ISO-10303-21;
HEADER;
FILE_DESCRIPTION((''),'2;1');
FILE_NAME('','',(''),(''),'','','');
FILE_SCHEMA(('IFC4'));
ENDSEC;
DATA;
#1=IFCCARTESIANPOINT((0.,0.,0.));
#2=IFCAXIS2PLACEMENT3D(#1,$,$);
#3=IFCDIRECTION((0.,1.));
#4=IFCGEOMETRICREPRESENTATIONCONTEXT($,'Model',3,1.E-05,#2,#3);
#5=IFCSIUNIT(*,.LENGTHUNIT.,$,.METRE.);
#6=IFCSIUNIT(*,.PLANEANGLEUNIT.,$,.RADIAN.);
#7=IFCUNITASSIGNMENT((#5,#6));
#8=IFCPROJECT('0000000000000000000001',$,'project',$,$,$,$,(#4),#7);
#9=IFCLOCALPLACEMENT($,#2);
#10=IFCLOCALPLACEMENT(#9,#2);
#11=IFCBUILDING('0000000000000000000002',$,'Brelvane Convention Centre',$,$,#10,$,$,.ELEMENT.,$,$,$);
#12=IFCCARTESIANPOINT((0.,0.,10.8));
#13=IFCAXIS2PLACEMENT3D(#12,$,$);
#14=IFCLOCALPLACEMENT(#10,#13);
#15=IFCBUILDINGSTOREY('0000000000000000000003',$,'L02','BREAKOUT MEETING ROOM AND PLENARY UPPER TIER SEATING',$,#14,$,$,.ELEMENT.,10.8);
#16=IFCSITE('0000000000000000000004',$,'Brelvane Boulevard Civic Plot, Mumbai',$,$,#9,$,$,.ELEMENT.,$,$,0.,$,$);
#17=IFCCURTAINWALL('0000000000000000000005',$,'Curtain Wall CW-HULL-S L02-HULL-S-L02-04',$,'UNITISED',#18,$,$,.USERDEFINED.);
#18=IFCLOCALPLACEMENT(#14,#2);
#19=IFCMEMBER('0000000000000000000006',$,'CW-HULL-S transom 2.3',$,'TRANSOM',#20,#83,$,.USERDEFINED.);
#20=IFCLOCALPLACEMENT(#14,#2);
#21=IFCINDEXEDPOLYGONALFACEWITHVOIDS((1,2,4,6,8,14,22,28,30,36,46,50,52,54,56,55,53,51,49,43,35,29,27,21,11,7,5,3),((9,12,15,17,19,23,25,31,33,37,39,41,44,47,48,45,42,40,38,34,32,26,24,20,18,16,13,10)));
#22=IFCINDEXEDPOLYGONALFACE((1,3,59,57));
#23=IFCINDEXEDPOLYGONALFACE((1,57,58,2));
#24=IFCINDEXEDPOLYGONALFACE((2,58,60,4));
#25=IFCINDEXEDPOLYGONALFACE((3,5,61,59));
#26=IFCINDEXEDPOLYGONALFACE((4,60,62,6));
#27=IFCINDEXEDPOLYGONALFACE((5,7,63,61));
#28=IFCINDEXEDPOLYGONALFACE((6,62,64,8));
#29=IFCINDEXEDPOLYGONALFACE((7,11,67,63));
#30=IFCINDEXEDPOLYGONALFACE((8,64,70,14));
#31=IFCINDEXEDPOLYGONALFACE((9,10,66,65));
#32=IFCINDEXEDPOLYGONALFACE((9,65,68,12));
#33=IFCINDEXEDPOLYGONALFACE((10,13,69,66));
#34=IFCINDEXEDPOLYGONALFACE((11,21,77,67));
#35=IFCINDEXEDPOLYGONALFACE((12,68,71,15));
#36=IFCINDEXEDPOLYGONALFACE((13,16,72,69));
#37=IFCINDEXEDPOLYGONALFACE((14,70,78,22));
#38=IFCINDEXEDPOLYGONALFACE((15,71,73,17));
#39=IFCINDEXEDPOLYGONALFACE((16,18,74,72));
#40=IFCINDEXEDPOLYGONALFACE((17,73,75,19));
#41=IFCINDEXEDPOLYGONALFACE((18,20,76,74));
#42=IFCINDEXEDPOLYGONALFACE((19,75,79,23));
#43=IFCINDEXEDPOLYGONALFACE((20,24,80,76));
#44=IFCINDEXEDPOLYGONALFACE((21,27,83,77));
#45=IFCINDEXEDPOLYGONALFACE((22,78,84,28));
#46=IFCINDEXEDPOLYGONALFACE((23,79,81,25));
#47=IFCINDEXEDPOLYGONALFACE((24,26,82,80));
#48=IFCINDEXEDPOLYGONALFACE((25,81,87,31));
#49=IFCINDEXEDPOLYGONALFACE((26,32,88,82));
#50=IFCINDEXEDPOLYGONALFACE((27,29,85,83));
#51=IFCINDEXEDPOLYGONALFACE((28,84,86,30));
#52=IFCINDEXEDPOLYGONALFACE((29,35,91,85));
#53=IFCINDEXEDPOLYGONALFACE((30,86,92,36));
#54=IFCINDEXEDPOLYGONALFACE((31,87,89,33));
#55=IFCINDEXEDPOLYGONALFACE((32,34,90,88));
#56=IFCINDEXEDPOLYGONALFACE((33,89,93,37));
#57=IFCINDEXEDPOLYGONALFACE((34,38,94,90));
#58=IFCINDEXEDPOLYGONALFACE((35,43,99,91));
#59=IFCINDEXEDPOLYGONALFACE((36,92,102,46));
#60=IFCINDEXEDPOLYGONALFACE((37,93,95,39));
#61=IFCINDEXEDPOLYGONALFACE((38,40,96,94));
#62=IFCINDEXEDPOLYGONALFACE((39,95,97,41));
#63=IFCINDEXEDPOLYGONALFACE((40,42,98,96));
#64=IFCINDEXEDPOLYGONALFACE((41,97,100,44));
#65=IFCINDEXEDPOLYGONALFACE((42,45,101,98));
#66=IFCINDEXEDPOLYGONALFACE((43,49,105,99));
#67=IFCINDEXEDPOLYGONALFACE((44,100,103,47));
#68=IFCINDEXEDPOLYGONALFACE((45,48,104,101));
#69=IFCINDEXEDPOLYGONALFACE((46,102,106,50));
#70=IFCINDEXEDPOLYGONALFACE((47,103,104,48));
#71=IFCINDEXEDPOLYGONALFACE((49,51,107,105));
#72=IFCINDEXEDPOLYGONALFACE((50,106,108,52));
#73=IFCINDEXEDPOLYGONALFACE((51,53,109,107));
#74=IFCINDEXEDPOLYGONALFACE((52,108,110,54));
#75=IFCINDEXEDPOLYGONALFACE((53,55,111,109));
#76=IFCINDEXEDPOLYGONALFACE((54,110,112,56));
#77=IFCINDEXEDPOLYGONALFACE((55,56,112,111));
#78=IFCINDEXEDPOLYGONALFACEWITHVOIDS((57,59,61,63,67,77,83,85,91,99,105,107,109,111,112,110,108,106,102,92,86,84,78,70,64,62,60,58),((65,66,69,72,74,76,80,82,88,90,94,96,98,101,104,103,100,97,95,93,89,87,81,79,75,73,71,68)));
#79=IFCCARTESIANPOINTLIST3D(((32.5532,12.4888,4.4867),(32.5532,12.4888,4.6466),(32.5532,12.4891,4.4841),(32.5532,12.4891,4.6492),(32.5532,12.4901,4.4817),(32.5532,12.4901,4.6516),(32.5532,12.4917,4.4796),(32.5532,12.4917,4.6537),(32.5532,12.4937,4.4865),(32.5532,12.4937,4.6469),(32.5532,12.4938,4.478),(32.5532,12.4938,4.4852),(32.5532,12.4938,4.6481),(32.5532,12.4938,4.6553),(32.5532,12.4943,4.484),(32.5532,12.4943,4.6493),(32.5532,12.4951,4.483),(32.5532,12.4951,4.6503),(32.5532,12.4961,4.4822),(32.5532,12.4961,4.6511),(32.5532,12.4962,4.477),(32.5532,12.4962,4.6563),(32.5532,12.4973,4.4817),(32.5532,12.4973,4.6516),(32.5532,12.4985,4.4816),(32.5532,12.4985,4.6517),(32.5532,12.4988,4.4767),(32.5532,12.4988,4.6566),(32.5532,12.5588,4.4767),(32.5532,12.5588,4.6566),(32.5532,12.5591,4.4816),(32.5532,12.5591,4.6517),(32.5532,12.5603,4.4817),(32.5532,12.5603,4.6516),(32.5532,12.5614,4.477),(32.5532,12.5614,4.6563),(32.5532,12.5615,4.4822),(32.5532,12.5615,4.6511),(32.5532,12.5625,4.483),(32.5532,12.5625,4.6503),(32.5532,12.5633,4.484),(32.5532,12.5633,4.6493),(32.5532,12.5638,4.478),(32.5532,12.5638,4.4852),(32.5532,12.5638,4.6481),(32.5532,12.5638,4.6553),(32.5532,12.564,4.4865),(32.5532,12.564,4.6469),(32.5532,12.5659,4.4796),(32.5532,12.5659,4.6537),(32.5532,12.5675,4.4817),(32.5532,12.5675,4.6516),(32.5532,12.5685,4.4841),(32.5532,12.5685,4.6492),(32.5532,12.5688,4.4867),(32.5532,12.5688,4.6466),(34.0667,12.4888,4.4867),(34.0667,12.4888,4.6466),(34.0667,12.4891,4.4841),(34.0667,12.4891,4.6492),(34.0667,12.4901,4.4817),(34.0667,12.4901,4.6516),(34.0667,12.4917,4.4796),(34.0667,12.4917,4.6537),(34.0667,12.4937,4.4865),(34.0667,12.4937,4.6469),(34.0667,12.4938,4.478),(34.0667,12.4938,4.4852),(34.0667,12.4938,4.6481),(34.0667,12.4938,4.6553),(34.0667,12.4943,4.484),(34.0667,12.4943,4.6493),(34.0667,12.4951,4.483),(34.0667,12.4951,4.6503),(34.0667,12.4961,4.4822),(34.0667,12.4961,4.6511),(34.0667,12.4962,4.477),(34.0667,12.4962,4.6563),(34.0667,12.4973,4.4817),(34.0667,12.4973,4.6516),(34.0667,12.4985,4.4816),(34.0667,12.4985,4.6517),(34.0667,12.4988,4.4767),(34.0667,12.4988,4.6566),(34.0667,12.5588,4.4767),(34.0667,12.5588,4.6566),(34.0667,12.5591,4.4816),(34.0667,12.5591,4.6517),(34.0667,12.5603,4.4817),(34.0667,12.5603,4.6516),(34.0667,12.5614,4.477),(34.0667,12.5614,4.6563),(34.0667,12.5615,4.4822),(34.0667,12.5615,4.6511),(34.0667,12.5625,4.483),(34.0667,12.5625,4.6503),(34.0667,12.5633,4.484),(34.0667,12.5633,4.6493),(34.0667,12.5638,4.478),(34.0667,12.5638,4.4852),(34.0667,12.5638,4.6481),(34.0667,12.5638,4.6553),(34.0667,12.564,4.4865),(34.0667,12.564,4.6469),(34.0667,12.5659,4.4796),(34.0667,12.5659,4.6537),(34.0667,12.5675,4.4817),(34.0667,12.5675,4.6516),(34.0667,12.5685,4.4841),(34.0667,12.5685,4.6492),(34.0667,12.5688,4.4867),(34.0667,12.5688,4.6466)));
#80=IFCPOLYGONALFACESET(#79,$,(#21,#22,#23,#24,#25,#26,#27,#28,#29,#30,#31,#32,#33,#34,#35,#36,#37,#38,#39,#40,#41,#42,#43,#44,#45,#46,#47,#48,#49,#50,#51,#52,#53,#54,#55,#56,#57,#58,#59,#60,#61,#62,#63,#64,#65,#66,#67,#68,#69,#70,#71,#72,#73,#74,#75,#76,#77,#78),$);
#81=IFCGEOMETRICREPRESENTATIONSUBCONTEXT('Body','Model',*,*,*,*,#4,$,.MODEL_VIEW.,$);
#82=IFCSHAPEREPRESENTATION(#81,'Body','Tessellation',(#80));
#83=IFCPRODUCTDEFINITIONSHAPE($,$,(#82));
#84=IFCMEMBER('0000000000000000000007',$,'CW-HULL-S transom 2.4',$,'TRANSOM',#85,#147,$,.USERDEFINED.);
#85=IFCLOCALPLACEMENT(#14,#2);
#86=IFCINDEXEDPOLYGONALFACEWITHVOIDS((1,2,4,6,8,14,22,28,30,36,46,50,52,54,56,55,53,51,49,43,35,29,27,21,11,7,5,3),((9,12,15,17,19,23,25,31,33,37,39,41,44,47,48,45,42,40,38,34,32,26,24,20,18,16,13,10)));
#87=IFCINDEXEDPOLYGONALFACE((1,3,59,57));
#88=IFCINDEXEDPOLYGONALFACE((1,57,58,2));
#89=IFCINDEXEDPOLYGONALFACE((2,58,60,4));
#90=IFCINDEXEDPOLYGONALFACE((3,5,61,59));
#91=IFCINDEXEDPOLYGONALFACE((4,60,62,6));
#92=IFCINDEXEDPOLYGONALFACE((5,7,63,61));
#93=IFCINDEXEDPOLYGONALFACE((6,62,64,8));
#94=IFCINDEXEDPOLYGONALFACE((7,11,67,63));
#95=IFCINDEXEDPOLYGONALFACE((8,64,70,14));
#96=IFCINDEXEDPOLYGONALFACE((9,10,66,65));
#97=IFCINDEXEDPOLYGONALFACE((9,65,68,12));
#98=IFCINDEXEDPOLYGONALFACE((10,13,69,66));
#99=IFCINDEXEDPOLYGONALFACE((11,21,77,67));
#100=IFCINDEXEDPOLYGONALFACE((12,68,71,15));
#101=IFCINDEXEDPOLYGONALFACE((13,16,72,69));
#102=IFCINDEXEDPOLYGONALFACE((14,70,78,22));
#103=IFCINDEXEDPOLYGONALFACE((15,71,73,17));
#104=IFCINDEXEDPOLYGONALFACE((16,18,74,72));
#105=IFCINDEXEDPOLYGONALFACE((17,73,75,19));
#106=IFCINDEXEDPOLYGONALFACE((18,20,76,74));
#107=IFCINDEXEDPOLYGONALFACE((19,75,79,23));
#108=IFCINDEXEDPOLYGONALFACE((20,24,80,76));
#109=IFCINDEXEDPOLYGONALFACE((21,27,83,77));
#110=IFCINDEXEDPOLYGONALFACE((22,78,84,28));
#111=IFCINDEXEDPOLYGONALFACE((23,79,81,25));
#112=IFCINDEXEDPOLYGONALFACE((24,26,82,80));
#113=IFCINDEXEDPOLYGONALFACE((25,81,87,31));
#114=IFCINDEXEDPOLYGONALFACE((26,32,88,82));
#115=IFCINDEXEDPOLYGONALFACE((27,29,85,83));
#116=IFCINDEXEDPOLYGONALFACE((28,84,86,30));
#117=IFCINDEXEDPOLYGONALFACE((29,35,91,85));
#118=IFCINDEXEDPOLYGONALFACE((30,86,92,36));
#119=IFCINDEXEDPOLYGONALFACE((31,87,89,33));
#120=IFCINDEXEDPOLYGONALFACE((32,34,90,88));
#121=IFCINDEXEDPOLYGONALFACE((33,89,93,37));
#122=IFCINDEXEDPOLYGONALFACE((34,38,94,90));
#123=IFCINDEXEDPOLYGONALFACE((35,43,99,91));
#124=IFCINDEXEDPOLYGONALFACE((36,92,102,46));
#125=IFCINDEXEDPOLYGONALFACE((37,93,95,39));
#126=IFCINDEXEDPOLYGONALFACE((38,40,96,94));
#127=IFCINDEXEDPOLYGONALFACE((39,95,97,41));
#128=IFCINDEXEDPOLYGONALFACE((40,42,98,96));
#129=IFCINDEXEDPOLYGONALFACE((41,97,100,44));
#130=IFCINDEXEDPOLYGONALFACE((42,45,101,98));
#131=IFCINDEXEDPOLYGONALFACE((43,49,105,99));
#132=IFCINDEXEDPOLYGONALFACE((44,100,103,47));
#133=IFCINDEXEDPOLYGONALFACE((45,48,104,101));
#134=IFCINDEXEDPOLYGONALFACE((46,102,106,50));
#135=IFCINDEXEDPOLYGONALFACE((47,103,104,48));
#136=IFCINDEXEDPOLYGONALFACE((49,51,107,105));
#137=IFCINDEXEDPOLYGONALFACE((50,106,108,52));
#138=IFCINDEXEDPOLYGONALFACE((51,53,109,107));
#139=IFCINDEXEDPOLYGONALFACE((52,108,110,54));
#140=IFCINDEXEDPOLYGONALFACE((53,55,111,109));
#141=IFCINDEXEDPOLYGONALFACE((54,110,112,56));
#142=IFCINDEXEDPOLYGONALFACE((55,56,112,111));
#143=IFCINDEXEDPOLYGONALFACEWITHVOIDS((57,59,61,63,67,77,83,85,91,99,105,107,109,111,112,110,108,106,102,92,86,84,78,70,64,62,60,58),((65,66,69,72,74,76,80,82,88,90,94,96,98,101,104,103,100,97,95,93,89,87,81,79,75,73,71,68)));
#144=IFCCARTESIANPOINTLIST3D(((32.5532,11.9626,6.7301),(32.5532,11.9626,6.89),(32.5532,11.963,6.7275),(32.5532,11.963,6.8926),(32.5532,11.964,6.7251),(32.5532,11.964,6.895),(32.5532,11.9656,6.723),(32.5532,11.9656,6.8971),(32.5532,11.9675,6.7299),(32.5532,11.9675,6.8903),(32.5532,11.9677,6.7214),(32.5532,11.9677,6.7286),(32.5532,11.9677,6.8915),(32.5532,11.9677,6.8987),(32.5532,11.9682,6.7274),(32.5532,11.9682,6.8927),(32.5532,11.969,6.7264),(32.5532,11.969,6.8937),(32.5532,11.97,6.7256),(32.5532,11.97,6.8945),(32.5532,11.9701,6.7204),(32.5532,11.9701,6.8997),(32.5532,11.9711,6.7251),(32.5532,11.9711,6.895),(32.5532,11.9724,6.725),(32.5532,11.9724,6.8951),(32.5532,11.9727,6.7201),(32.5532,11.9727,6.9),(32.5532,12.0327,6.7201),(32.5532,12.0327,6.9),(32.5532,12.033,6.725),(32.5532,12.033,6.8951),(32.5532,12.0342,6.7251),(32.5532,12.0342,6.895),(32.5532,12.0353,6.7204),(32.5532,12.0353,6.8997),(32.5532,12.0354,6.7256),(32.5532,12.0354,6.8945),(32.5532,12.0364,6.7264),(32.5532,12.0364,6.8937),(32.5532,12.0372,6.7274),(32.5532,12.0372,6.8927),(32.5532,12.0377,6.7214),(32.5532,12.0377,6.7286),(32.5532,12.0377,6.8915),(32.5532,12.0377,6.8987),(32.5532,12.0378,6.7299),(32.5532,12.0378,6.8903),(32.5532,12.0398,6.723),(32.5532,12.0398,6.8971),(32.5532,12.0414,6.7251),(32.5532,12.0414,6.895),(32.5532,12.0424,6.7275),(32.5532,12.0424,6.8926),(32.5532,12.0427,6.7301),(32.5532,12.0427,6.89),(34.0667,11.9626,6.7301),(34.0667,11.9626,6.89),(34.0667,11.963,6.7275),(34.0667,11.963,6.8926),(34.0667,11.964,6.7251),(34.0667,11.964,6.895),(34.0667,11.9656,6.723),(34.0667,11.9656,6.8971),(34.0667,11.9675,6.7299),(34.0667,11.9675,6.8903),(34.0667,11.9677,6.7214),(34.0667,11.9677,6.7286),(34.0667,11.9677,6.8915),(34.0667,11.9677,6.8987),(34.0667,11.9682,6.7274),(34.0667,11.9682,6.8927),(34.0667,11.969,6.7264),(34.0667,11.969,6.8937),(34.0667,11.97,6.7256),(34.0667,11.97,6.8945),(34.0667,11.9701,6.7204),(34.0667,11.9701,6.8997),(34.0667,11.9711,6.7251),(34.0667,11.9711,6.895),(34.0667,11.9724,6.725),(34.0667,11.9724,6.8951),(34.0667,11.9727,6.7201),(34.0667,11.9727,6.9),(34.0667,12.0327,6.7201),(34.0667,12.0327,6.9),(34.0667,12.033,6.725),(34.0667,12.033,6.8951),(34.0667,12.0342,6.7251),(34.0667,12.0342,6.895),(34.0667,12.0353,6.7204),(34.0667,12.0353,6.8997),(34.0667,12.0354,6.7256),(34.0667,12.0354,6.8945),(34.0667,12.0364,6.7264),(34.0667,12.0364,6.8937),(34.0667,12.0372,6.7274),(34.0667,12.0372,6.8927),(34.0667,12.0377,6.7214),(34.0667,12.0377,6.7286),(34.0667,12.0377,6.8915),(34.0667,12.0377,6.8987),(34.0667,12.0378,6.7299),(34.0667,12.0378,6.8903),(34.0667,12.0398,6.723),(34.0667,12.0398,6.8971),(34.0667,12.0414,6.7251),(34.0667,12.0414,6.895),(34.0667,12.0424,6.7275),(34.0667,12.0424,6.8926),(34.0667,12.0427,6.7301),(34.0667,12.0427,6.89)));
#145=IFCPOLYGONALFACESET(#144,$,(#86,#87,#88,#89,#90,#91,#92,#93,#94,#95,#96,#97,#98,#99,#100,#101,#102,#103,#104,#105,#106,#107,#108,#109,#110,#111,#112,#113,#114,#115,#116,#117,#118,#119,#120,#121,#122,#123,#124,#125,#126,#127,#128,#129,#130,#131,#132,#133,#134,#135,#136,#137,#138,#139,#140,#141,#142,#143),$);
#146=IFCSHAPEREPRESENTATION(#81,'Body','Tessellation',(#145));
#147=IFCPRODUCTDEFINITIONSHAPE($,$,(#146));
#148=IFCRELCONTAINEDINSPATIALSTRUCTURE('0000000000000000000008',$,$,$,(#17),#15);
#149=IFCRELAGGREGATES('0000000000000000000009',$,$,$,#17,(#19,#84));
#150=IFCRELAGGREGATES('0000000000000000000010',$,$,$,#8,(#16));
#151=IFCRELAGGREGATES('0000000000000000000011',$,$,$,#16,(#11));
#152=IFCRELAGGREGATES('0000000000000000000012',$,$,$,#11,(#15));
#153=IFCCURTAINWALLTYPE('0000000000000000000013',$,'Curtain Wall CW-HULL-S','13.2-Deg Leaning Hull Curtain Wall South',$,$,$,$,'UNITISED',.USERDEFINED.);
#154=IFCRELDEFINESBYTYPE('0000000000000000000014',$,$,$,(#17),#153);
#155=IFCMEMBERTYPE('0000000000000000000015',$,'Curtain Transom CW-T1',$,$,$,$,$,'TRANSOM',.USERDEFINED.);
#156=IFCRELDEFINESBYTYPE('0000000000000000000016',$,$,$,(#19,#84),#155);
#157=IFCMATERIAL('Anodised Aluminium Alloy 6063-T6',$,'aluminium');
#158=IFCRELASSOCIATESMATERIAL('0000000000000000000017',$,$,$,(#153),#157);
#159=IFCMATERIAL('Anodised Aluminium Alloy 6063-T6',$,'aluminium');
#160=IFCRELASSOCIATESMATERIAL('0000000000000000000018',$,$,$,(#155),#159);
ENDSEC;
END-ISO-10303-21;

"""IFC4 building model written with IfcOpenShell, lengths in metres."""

from ifc_helpers import new_model, si_unit, direction, frame, origin, origin_2d, place, context, subcontext, project, spatial, hollow_rectangle, extrude, material, material_profile, profile_set, type_object, element, aggregate, save


model = new_model("IFC4")

# Units and contexts
model_context = context("Model", 3, precision=1e-05, world=origin(), true_north=direction((0.0, 1.0)))
body_context = subcontext(model_context, "Body", "Model", "MODEL_VIEW")
ifc_project = project(units=[si_unit("LENGTHUNIT", "METRE"), si_unit("PLANEANGLEUNIT", "RADIAN")], contexts=[model_context])

# Site, building, storey
site_placement = place(None, origin())
site = spatial("IfcSite", under=ifc_project, at=site_placement, Name="Brelvane Boulevard Civic Plot, Mumbai", CompositionType="ELEMENT", RefElevation=0.0)
building_placement = place(site_placement, origin())
building = spatial("IfcBuilding", under=site, at=building_placement, Name="Brelvane Convention Centre", CompositionType="ELEMENT")
storey_placement = place(building_placement, frame((0.0, 0.0, 10.8)))
storey = spatial("IfcBuildingStorey", under=building, at=storey_placement, Name="L02", Description="BREAKOUT MEETING ROOM AND PLENARY UPPER TIER SEATING", CompositionType="ELEMENT", Elevation=10.8)

# Curtain wall, members
ifc_material_1 = material(Name="Anodised Aluminium Alloy 6063-T6", Category="aluminium")
curtain_wall_type = type_object("IfcCurtainWallType", Name="Curtain Wall CW-HULL-S", Description="13.2-Deg Leaning Hull Curtain Wall South", ElementType="UNITISED", PredefinedType="USERDEFINED", material=ifc_material_1)
curtain_wall_placement = place(storey_placement, origin())
curtain_wall = element("IfcCurtainWall", 1, at=curtain_wall_placement, inside=storey, type_object=curtain_wall_type, Name="Curtain Wall CW-HULL-S L02-HULL-S-L02-04", ObjectType="UNITISED", PredefinedType="USERDEFINED")
ifc_material_2 = material(Name="Anodised Aluminium Alloy 6063-T6", Category="aluminium")
ifc_material_profile = material_profile(ifc_material_2, hollow_rectangle(XDim=0.0801, YDim=0.1799, WallThickness=0.0049, InnerFilletRadius=0.0049, OuterFilletRadius=0.01, at=origin_2d()), Name="ALU-T 180x80x5.0")
ifc_profile_set = profile_set([ifc_material_profile], Name="Anodised Aluminium Alloy 6063-T6")
member_type = type_object("IfcMemberType", Name="Curtain Transom CW-T1", ElementType="TRANSOM", PredefinedType="USERDEFINED", material=ifc_profile_set)
member_1_placement = place(storey_placement, frame((32.5532, 12.5288, 4.5667), z_axis=(1.0, 0.0, 0.0), x_axis=(0.0, 1.0, 0.0)))
member_1 = element("IfcMember", 2, at=member_1_placement, type_object=member_type, Name="CW-HULL-S transom 2.3", ObjectType="TRANSOM", PredefinedType="USERDEFINED", context=body_context, shape_type="SweptSolid", body=[
    extrude(hollow_rectangle(XDim=0.0801, YDim=0.1799, WallThickness=0.0049, InnerFilletRadius=0.0049, OuterFilletRadius=0.01, at=origin_2d()), origin(), (0.0, 0.0, 1.0), 1.5134),
])
member_2_placement = place(storey_placement, frame((32.5532, 12.0027, 6.8101), z_axis=(1.0, 0.0, 0.0), x_axis=(0.0, 1.0, 0.0)))
member_2 = element("IfcMember", 3, at=member_2_placement, type_object=member_type, Name="CW-HULL-S transom 2.4", ObjectType="TRANSOM", PredefinedType="USERDEFINED", context=body_context, shape_type="SweptSolid", body=[
    extrude(hollow_rectangle(XDim=0.0801, YDim=0.1799, WallThickness=0.0049, InnerFilletRadius=0.0049, OuterFilletRadius=0.01, at=origin_2d()), origin(), (0.0, 0.0, 1.0), 1.5134),
])
aggregate(curtain_wall, [member_1, member_2])

save(model, "model.ifc")
